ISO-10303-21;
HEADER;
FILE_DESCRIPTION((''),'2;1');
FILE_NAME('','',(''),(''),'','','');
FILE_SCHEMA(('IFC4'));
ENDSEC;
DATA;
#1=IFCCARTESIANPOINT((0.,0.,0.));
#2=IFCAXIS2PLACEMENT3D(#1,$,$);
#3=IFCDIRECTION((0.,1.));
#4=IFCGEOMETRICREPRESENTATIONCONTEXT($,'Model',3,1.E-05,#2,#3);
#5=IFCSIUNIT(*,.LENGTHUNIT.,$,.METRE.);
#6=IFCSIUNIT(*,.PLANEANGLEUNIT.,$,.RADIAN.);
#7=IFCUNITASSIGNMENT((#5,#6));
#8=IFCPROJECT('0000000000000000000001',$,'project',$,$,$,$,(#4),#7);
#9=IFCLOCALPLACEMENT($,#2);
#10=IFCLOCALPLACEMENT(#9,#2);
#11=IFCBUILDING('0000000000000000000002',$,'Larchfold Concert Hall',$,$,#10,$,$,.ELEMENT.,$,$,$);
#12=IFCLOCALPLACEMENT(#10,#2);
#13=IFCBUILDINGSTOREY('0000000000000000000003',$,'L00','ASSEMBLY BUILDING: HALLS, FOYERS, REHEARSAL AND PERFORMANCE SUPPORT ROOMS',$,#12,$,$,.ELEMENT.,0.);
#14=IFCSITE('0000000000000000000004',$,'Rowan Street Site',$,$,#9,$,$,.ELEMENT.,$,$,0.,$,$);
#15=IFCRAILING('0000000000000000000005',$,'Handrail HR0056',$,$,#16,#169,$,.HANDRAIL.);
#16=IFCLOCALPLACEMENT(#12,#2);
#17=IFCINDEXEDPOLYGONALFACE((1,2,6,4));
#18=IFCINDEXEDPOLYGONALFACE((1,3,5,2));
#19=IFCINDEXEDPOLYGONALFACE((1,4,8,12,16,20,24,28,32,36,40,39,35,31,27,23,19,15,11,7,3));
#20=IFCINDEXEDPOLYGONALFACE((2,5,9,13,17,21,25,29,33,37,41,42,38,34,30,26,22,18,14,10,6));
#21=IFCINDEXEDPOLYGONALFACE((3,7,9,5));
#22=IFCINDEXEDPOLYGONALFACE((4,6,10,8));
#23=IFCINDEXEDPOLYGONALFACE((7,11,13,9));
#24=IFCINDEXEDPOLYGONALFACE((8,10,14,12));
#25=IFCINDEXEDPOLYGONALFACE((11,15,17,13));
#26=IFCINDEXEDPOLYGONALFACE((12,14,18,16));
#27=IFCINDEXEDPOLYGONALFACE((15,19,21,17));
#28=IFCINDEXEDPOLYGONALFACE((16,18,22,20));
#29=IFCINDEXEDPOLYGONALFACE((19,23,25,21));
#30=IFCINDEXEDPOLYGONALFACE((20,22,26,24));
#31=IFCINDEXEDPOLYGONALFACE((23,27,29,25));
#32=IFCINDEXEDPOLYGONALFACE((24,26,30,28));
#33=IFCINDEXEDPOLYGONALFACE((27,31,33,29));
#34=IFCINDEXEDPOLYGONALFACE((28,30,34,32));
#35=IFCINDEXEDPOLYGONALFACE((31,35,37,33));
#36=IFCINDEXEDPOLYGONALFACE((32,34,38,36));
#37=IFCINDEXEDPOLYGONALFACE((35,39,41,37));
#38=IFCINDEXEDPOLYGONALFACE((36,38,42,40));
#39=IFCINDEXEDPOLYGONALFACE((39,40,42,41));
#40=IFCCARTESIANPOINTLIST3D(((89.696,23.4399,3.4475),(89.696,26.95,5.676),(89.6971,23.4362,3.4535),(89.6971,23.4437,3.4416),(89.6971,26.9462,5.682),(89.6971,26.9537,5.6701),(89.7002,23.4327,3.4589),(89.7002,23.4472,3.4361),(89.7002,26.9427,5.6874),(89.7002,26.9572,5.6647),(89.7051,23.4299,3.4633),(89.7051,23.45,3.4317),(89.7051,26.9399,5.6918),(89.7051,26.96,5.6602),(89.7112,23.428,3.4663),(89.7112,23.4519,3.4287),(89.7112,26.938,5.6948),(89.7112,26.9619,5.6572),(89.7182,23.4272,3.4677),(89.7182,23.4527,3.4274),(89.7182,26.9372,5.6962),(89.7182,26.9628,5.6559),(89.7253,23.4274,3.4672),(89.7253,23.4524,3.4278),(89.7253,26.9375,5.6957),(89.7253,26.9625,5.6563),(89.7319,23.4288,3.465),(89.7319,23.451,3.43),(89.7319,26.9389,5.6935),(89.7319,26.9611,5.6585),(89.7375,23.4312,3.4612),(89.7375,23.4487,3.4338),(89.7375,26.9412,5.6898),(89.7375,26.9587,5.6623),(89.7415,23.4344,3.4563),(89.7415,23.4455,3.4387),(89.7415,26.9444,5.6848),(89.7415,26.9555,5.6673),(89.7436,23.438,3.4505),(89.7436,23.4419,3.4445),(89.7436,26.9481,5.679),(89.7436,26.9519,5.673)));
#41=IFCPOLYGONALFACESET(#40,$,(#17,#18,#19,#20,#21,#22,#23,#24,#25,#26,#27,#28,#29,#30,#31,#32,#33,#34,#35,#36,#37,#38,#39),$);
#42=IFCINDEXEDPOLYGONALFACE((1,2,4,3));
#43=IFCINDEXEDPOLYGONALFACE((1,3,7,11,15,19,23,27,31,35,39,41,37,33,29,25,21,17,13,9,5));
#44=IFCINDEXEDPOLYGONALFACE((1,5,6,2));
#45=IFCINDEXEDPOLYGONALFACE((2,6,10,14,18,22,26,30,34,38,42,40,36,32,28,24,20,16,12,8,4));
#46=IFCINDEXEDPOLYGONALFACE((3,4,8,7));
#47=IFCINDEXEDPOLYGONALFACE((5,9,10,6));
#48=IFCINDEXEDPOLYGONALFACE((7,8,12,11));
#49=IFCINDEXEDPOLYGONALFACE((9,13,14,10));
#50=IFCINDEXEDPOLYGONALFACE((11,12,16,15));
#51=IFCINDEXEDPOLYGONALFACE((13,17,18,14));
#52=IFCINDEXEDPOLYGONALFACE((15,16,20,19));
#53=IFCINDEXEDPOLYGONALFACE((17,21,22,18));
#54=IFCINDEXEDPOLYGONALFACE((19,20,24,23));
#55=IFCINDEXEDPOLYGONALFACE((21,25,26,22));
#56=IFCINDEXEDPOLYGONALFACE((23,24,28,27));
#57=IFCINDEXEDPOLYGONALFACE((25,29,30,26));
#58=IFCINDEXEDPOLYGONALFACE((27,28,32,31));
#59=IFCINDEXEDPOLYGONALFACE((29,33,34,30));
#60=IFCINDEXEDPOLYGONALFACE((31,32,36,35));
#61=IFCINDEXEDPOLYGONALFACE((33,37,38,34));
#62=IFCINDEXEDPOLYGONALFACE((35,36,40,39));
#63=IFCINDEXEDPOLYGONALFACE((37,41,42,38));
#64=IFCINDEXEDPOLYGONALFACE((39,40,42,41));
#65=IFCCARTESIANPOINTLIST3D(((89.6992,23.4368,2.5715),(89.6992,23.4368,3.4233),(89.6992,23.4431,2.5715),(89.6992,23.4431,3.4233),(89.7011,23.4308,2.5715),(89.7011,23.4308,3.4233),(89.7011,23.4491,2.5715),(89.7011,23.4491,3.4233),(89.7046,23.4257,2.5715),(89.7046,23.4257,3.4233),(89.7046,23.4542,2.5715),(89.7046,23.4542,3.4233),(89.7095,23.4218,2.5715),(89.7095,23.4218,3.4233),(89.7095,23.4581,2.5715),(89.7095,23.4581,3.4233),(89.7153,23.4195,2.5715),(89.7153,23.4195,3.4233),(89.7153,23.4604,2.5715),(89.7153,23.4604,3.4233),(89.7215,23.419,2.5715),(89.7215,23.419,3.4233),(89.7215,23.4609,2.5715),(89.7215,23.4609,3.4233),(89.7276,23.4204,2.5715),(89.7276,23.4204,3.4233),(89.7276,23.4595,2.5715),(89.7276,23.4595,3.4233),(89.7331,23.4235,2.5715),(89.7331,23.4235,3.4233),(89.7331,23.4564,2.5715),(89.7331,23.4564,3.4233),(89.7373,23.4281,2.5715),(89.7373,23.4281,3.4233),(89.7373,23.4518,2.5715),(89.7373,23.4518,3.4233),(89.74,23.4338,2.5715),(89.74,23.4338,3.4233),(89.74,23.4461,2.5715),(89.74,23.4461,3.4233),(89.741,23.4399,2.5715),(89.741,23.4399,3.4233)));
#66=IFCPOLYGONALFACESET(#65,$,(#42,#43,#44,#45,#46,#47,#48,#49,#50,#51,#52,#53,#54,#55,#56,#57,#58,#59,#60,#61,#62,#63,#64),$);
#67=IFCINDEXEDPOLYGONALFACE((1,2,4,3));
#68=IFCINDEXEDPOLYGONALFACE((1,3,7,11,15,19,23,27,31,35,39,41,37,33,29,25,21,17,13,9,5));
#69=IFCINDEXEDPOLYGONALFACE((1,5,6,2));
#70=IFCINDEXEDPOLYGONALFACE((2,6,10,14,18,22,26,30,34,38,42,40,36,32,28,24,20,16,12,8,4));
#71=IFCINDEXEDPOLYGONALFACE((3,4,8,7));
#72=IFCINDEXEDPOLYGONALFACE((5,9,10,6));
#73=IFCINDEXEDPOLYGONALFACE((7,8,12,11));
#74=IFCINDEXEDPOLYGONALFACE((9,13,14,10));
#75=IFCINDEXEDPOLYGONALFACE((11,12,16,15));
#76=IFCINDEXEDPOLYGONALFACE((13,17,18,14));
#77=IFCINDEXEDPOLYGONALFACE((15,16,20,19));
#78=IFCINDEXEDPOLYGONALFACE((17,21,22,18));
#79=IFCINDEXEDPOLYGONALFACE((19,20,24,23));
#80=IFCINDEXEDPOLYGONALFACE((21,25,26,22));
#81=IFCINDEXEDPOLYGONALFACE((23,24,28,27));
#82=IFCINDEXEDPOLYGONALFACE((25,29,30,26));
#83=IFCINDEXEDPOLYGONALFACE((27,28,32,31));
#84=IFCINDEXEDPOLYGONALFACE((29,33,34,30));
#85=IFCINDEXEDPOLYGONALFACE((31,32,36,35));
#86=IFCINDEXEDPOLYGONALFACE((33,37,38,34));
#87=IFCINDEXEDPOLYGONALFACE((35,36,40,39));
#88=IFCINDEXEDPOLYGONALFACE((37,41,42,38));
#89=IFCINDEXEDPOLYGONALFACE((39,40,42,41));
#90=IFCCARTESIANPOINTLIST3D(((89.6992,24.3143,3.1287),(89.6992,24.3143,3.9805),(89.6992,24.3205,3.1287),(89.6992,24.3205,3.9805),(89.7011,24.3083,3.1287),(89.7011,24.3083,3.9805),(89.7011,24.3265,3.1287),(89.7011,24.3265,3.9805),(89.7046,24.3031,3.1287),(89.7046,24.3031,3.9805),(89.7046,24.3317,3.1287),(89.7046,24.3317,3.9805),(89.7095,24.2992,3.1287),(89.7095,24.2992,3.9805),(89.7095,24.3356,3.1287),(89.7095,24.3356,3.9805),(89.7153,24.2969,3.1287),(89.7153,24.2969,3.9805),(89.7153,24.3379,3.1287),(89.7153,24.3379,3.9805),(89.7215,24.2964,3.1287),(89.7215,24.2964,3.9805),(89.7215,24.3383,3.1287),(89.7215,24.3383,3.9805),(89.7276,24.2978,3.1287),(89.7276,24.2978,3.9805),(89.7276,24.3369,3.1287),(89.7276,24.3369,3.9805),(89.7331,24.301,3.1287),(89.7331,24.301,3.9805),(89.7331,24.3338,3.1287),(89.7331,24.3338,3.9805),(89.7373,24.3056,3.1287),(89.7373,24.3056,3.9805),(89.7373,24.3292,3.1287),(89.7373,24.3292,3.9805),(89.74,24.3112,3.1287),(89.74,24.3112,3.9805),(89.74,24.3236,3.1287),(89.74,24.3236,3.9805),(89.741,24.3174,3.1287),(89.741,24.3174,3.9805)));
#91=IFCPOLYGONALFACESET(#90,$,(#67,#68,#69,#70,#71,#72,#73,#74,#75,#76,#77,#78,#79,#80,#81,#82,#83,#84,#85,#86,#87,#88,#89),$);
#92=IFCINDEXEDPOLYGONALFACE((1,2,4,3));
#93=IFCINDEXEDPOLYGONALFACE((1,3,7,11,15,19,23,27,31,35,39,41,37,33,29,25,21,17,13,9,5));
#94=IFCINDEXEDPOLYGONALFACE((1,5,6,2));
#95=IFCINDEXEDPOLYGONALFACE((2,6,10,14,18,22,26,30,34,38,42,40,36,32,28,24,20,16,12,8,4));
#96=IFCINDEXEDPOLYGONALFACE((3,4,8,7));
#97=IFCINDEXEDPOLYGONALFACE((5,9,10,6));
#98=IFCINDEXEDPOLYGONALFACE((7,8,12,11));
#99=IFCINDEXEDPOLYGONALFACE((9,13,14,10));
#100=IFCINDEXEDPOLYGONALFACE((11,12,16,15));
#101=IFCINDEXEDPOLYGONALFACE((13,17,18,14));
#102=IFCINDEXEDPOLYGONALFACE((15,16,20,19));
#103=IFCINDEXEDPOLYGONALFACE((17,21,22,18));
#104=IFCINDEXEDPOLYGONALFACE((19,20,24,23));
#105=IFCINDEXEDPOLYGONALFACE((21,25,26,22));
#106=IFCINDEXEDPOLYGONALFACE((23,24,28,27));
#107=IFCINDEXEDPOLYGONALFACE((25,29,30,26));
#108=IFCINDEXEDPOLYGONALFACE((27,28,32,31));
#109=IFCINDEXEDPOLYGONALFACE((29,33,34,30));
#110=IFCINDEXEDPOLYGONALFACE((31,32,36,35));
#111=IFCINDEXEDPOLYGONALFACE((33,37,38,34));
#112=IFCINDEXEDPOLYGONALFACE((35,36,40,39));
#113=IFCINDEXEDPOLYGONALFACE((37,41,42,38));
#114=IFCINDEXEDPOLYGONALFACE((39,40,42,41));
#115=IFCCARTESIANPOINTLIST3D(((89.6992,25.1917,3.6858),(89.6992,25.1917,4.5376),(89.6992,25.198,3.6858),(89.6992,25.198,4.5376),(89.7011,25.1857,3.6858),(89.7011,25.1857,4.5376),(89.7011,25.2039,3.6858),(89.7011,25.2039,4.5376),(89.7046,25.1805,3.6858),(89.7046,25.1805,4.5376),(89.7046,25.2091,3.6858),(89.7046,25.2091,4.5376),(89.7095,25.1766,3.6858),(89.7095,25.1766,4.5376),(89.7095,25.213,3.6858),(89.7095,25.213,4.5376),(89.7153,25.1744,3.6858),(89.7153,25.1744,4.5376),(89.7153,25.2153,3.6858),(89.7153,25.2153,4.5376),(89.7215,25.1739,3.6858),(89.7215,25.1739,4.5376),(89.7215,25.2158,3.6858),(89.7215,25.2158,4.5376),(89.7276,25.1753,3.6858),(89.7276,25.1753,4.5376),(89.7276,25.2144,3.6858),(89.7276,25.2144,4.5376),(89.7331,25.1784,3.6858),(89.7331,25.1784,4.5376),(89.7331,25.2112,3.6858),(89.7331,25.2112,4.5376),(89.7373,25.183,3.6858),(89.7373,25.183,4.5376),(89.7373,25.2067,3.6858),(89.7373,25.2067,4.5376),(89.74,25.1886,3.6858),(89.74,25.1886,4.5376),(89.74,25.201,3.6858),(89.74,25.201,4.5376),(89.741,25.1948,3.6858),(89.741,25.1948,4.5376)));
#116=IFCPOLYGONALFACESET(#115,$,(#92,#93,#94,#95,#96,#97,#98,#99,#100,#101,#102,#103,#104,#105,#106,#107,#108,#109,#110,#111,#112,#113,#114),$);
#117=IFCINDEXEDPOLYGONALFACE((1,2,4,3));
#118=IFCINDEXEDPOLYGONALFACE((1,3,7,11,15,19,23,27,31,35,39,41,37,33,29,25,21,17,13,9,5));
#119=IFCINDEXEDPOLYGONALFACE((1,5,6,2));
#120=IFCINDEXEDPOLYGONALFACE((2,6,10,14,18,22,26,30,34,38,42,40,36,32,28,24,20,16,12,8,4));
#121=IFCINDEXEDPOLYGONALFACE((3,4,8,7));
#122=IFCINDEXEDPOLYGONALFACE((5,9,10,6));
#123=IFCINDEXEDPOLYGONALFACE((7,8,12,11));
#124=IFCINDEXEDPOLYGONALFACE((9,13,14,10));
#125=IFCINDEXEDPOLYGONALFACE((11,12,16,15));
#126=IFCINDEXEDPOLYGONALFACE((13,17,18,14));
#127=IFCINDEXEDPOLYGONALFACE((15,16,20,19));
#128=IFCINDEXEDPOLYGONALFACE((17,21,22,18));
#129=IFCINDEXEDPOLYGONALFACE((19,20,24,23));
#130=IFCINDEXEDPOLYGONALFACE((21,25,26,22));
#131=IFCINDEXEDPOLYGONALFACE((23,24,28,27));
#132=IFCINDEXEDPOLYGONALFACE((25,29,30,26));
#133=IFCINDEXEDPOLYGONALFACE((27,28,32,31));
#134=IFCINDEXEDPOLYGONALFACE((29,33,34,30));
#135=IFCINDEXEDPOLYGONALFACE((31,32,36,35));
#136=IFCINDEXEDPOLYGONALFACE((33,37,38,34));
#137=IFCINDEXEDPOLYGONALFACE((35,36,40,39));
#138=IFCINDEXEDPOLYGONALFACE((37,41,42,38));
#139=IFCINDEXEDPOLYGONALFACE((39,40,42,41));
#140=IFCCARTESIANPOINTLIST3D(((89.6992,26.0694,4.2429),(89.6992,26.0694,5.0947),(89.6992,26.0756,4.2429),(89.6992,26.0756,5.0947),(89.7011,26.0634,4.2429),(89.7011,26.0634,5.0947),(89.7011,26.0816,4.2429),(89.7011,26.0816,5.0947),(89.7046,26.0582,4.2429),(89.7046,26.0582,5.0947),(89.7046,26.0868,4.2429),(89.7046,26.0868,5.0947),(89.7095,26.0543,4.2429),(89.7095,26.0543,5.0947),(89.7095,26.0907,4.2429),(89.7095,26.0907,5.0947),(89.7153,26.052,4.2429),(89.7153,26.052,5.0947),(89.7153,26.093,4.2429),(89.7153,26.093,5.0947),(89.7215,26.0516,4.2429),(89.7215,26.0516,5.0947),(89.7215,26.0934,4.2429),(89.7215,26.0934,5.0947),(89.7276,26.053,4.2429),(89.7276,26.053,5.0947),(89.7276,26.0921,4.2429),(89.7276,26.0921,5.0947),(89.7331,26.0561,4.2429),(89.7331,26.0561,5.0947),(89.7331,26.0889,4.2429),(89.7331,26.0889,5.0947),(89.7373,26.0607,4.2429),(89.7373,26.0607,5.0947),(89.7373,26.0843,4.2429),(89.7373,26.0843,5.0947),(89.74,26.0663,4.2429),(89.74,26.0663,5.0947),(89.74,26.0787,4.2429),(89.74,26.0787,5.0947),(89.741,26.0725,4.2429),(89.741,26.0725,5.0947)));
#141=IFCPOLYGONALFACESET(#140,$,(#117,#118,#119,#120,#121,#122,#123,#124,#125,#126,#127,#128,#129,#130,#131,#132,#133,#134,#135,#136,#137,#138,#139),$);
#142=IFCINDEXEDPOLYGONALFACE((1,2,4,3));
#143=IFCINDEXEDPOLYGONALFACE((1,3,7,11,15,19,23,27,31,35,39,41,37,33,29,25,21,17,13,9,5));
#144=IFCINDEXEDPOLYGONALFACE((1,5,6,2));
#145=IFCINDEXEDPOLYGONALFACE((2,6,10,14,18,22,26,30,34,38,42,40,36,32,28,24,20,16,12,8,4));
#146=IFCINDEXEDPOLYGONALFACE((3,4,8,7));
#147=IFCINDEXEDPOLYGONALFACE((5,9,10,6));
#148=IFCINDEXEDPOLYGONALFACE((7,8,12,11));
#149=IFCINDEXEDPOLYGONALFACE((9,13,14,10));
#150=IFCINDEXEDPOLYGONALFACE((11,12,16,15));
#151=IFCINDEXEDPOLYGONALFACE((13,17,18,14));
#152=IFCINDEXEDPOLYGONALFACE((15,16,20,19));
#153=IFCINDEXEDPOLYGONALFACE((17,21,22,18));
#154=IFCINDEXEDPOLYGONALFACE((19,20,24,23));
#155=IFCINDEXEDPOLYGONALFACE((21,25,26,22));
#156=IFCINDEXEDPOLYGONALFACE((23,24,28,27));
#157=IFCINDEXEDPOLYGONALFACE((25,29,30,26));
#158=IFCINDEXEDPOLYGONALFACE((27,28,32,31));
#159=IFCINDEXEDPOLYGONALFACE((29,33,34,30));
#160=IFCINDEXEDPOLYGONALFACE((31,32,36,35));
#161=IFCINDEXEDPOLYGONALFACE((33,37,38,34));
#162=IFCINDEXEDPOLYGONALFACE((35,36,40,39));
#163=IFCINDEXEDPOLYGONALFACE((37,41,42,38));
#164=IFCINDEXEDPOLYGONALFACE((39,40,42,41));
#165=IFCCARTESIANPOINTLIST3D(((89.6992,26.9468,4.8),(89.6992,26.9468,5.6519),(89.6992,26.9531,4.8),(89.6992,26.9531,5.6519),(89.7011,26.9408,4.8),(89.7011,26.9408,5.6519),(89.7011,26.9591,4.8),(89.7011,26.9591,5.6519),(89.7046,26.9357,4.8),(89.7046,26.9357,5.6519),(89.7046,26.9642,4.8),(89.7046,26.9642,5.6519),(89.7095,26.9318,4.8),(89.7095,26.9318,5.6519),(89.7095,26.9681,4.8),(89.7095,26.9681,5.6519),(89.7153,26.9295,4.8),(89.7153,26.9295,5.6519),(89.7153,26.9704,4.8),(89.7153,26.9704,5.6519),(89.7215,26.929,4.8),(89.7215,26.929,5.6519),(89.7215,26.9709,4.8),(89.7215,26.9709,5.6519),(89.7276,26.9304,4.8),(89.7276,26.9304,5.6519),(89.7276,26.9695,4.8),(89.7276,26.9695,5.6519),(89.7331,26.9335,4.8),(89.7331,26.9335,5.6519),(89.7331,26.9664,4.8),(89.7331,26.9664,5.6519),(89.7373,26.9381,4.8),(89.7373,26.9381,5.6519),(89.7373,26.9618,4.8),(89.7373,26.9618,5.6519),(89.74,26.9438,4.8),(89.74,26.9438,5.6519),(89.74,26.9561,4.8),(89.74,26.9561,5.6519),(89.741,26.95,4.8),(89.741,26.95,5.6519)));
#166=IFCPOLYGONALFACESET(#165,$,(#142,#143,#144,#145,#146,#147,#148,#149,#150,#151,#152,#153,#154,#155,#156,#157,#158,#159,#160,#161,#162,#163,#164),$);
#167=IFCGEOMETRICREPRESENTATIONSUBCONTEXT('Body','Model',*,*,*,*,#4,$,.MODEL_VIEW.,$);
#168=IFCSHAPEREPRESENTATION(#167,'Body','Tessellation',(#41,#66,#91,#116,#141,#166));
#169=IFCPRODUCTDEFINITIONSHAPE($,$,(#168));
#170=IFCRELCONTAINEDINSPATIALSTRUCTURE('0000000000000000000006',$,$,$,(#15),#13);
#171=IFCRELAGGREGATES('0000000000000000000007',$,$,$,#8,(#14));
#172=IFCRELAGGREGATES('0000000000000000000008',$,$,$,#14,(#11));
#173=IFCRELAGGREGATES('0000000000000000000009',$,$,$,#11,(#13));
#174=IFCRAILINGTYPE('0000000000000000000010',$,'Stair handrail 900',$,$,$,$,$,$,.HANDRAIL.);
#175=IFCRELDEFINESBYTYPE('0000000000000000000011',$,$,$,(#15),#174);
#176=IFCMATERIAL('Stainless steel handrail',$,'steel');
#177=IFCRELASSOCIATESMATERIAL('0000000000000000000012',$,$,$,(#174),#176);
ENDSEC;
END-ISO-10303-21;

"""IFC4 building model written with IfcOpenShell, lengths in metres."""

from ifc_helpers import new_model, si_unit, direction, frame, origin, origin_2d, place, context, subcontext, project, spatial, circle, extrude, material, type_object, element, save


model = new_model("IFC4")

# Units and contexts
model_context = context("Model", 3, precision=1e-05, world=origin(), true_north=direction((0.0, 1.0)))
body_context = subcontext(model_context, "Body", "Model", "MODEL_VIEW")
ifc_project = project(units=[si_unit("LENGTHUNIT", "METRE"), si_unit("PLANEANGLEUNIT", "RADIAN")], contexts=[model_context])

# Site, building, storey
site_placement = place(None, origin())
site = spatial("IfcSite", under=ifc_project, at=site_placement, Name="Rowan Street Site", CompositionType="ELEMENT", RefElevation=0.0)
building_placement = place(site_placement, origin())
building = spatial("IfcBuilding", under=site, at=building_placement, Name="Larchfold Concert Hall", CompositionType="ELEMENT")
storey_placement = place(building_placement, origin())
storey = spatial("IfcBuildingStorey", under=building, at=storey_placement, Name="L00", Description="ASSEMBLY BUILDING: HALLS, FOYERS, REHEARSAL AND PERFORMANCE SUPPORT ROOMS", CompositionType="ELEMENT", Elevation=0.0)

# Railing
ifc_material_1 = material(Name="Stainless steel handrail", Category="steel")
railing_type_1 = type_object("IfcRailingType", Name="Stair handrail 900", PredefinedType="HANDRAIL", material=ifc_material_1)
railing_1_placement = place(storey_placement, frame((89.72, 23.4399, 2.5715)))
element("IfcRailing", 1, at=railing_1_placement, inside=storey, type_object=railing_type_1, Name="Handrail HR0056", PredefinedType="HANDRAIL", context=body_context, shape_type="SweptSolid", body=[
    extrude(circle(Radius=0.0239, at=origin_2d()), frame((0.0, 0.0, 0.876), z_axis=(0.0, 0.84422, 0.535998), x_axis=(-1.0, 0.0, 0.0)), (0.0, 0.0, 1.0), 4.1577),
    extrude(circle(Radius=0.021, at=origin_2d()), origin(), (0.0, 0.0, 1.0), 0.8518),
    extrude(circle(Radius=0.021, at=origin_2d()), frame((0.0, 0.8774, 0.5571)), (0.0, 0.0, 1.0), 0.8518),
    extrude(circle(Radius=0.021, at=origin_2d()), frame((0.0, 1.7549, 1.1143)), (0.0, 0.0, 1.0), 0.8518),
    extrude(circle(Radius=0.021, at=origin_2d()), frame((0.0, 2.6326, 1.6714)), (0.0, 0.0, 1.0), 0.8518),
    extrude(circle(Radius=0.021, at=origin_2d()), frame((0.0, 3.51, 2.2285)), (0.0, 0.0, 1.0), 0.8518),
])

save(model, "model.ifc")
